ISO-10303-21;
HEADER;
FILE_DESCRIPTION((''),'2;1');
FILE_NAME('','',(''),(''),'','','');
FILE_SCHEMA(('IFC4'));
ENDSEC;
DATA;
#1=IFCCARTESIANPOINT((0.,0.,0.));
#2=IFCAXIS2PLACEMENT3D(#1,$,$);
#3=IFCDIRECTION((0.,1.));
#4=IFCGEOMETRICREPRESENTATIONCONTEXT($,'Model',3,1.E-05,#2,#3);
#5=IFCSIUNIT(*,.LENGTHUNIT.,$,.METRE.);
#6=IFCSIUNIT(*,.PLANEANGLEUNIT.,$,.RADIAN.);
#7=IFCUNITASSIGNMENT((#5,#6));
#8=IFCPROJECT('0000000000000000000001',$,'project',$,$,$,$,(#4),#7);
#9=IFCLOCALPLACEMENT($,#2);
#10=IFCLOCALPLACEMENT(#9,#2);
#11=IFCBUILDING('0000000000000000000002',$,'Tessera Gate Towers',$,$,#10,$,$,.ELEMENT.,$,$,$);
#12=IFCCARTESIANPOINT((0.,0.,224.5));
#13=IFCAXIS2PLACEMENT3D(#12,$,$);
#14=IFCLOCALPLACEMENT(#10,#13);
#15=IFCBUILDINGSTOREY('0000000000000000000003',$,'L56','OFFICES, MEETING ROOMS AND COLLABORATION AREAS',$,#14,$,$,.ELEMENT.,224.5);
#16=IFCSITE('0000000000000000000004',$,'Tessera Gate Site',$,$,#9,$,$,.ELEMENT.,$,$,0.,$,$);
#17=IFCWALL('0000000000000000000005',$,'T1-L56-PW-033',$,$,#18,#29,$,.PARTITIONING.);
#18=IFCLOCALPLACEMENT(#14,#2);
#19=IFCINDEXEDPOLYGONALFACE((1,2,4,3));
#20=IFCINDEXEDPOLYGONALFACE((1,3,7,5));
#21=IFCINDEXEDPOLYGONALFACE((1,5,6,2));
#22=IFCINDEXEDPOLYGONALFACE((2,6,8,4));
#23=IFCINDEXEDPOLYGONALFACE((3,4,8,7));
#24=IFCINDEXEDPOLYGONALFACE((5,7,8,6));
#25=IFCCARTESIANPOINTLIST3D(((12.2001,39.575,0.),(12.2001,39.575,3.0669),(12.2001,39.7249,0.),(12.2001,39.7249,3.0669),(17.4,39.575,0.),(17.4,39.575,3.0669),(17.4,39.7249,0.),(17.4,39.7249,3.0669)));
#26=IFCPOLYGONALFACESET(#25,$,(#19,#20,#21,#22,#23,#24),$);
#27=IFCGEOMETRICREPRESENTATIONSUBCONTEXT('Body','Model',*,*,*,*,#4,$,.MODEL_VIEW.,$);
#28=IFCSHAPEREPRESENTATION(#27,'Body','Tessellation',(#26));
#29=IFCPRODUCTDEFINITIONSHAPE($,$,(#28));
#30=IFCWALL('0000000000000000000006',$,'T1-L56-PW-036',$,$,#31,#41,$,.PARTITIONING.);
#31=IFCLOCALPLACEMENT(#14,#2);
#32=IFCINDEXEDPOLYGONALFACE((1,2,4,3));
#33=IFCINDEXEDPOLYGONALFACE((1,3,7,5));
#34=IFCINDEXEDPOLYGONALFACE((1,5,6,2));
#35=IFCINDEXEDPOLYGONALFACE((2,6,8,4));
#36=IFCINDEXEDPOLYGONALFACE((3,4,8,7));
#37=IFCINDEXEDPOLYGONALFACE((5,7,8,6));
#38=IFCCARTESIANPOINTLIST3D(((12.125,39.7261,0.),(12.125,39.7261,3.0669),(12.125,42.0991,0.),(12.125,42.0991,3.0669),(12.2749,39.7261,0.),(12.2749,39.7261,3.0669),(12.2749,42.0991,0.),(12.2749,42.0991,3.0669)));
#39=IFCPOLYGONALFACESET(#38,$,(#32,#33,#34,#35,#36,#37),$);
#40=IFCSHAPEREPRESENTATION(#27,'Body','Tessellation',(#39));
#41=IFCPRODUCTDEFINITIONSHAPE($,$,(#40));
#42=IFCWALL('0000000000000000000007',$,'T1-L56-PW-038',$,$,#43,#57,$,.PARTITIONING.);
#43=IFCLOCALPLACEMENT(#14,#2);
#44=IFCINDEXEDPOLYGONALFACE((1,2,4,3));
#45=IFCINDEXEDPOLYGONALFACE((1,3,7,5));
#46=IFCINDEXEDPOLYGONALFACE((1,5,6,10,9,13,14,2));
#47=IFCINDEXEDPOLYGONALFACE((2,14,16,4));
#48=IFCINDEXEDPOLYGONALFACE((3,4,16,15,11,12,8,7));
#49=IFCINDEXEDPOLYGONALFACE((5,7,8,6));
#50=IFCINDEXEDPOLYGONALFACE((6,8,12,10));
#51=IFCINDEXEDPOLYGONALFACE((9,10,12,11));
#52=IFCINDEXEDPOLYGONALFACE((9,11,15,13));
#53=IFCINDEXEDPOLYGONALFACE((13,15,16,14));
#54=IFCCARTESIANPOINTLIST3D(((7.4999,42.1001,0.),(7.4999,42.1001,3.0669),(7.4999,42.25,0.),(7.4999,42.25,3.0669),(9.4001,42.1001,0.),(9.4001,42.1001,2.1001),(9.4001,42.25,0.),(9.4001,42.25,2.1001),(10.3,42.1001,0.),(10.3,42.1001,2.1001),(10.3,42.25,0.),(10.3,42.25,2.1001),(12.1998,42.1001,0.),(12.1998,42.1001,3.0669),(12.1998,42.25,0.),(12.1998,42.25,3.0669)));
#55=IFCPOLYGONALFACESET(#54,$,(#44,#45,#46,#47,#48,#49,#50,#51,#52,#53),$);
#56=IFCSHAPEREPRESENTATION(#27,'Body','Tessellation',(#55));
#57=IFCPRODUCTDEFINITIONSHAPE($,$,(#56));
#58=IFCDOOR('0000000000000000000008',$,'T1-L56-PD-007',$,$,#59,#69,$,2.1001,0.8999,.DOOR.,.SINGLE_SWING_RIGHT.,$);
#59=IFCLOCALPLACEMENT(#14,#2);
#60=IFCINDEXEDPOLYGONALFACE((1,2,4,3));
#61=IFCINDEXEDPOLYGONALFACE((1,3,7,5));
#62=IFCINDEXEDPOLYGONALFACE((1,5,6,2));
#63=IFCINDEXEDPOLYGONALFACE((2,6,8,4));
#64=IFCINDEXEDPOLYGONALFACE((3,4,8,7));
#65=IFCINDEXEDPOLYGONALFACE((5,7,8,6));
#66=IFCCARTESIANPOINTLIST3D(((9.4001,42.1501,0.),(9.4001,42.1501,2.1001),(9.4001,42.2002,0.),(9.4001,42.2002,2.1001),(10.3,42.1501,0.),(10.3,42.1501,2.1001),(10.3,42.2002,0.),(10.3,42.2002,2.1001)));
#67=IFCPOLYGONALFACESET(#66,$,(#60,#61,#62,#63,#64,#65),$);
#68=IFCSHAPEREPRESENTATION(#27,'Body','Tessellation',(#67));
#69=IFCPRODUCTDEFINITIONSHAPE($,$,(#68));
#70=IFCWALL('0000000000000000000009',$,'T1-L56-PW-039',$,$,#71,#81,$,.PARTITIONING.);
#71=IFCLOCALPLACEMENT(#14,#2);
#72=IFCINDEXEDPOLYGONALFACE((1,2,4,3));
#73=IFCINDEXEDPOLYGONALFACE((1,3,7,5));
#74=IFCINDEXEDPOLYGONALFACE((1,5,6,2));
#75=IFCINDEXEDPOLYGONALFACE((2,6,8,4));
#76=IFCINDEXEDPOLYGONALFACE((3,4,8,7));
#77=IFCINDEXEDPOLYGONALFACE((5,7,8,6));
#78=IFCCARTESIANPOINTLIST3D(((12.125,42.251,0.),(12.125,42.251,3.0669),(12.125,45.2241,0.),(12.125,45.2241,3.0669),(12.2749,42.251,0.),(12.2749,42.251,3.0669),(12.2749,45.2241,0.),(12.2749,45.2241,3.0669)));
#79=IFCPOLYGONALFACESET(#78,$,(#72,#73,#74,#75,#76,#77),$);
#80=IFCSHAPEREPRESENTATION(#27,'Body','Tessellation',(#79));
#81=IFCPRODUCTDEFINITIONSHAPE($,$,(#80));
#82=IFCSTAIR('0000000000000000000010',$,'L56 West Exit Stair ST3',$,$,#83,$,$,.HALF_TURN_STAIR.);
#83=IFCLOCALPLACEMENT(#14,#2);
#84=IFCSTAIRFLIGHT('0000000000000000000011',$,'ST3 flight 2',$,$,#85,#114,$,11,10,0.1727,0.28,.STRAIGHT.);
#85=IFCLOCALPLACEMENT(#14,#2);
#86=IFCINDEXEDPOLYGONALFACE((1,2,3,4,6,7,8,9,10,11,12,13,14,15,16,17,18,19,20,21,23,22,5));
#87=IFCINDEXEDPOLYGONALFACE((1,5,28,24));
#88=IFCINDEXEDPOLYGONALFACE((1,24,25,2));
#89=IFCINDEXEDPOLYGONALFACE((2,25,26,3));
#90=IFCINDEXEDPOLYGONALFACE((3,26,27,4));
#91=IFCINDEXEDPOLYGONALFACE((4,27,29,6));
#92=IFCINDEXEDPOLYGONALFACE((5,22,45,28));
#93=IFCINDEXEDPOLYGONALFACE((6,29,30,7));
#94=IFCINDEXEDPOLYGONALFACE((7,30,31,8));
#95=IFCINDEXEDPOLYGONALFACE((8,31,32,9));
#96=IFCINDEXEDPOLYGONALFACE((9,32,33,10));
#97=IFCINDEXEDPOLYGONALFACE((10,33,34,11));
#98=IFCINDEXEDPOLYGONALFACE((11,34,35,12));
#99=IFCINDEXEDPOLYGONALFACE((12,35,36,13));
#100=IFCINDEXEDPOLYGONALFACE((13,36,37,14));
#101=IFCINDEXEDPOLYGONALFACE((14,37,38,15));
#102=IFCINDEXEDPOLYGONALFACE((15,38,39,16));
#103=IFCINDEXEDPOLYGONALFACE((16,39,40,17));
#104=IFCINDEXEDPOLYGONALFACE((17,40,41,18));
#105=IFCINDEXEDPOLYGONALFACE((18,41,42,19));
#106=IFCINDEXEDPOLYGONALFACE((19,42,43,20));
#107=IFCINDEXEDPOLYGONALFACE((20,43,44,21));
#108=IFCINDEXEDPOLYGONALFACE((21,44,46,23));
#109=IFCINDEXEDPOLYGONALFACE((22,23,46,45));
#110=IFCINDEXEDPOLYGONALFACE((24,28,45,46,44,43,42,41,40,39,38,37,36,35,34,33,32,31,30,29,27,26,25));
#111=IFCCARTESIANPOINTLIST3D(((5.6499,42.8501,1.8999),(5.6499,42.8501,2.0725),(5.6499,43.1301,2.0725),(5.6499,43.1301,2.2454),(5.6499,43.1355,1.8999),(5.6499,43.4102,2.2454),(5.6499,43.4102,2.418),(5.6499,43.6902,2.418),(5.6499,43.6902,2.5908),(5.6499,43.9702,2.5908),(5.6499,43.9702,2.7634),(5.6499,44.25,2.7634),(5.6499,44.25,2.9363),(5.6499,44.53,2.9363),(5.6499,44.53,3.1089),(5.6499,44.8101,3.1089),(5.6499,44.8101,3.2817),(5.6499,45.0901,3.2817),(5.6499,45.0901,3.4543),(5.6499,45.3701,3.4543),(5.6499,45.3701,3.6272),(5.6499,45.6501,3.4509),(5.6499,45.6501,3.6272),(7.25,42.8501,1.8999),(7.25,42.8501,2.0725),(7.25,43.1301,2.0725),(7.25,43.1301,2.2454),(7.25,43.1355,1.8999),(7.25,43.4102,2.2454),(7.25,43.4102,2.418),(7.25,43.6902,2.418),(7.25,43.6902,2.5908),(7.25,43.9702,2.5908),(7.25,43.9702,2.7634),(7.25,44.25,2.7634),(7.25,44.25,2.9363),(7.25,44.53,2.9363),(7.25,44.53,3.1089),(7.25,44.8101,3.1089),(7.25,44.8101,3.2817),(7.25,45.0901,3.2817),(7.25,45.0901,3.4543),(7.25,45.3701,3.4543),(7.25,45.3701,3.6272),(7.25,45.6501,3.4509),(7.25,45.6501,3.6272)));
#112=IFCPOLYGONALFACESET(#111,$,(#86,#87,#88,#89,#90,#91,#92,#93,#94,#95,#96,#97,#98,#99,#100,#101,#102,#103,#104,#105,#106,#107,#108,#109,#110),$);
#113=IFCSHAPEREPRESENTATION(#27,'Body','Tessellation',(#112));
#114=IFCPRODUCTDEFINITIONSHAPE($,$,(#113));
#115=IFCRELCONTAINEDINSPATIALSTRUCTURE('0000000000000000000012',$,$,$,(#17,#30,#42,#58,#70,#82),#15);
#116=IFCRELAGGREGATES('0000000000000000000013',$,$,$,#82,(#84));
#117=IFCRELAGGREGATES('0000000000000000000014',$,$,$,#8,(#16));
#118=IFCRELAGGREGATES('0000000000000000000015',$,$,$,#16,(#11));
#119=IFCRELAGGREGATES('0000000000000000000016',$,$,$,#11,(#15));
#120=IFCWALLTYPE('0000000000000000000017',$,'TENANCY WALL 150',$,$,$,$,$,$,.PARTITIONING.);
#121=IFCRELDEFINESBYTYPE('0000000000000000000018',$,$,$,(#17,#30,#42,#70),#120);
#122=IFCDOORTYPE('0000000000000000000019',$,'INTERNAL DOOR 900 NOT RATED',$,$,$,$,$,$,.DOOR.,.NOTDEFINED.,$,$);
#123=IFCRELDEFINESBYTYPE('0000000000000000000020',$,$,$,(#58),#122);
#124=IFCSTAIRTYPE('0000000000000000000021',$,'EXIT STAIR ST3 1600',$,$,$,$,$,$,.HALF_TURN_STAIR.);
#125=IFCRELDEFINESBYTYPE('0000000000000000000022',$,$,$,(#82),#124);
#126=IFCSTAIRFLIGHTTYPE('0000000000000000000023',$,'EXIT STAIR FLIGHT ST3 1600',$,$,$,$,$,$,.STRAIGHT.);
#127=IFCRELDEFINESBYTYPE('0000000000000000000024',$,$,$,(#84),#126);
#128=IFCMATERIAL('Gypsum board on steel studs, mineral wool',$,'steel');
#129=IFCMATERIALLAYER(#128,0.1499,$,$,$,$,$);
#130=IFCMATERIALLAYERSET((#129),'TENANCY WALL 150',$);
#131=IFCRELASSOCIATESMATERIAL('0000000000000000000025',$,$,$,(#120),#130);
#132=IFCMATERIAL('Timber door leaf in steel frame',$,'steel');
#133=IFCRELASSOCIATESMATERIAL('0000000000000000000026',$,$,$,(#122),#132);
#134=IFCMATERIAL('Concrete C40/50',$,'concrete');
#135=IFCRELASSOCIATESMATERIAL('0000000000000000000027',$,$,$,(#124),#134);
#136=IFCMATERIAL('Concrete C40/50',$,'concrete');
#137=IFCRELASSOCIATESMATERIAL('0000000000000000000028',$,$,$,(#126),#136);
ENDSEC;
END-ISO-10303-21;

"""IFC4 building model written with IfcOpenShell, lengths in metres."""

from ifc_helpers import new_model, si_unit, direction, frame, frame_2d, origin, place, context, subcontext, project, spatial, polyline, rectangle, outline, extrude, source, transform, mapped, material, layer, layer_set, type_object, element, fill, aggregate, save


model = new_model("IFC4")

# Units and contexts
model_context = context("Model", 3, precision=1e-05, world=origin(), true_north=direction((0.0, 1.0)))
body_context = subcontext(model_context, "Body", "Model", "MODEL_VIEW")
ifc_project = project(units=[si_unit("LENGTHUNIT", "METRE"), si_unit("PLANEANGLEUNIT", "RADIAN")], contexts=[model_context])

# Site, building, storey
site_placement = place(None, origin())
site = spatial("IfcSite", under=ifc_project, at=site_placement, Name="Tessera Gate Site", CompositionType="ELEMENT", RefElevation=0.0)
building_placement = place(site_placement, origin())
building = spatial("IfcBuilding", under=site, at=building_placement, Name="Tessera Gate Towers", CompositionType="ELEMENT")
storey_placement = place(building_placement, frame((0.0, 0.0, 224.5)))
storey = spatial("IfcBuildingStorey", under=building, at=storey_placement, Name="L56", Description="OFFICES, MEETING ROOMS AND COLLABORATION AREAS", CompositionType="ELEMENT", Elevation=224.5)

# Walls
ifc_material_1 = material(Name="Gypsum board on steel studs, mineral wool", Category="steel")
ifc_layer_1 = layer(ifc_material_1, 0.1499)
ifc_layer_set_1 = layer_set([ifc_layer_1], Name="TENANCY WALL 150")
wall_type_1 = type_object("IfcWallType", Name="TENANCY WALL 150", PredefinedType="PARTITIONING", material=ifc_layer_set_1)
wall_1_placement = place(storey_placement, frame((12.2, 39.6499, 0.0), z_axis=(0.0, 0.0, 1.0), x_axis=(1.0, 0.0, 0.0)))
element("IfcWall", 1, at=wall_1_placement, inside=storey, type_object=wall_type_1, Name="T1-L56-PW-033", PredefinedType="PARTITIONING", context=body_context, shape_type="SweptSolid", body=[
    extrude(rectangle(XDim=5.2, YDim=0.1499, at=frame_2d((2.6001, 0.0))), origin(), (0.0, 0.0, 1.0), 3.0669),
])
wall_2_placement = place(storey_placement, frame((12.2, 39.7261, 0.0), z_axis=(0.0, 0.0, 1.0), x_axis=(0.0, 1.0, 0.0)))
element("IfcWall", 2, at=wall_2_placement, inside=storey, type_object=wall_type_1, Name="T1-L56-PW-036", PredefinedType="PARTITIONING", context=body_context, shape_type="SweptSolid", body=[
    extrude(rectangle(XDim=2.373, YDim=0.1499, at=frame_2d((1.1865, 0.0))), origin(), (0.0, 0.0, 1.0), 3.0669),
])

# Wall, opening, door
wall_3_placement = place(storey_placement, frame((12.2, 42.175, 0.0), z_axis=(0.0, 0.0, 1.0), x_axis=(-1.0, 0.0, 0.0)))
wall_3 = element("IfcWall", 3, at=wall_3_placement, inside=storey, type_object=wall_type_1, Name="T1-L56-PW-038", PredefinedType="PARTITIONING", context=body_context, shape_type="SweptSolid", body=[
    extrude(rectangle(XDim=4.7, YDim=0.1499, at=frame_2d((2.3501, 0.0))), origin(), (0.0, 0.0, 1.0), 3.0669),
])
shared_shape_1 = source(origin(), body_context, "Body", "SweptSolid", [
    extrude(rectangle(XDim=0.8999, YDim=2.1001, at=frame_2d((0.45, 1.05))), frame((0.0, 0.085, 0.0), z_axis=(0.0, -1.0, 0.0), x_axis=(1.0, 0.0, 0.0)), (0.0, 0.0, 1.0), 0.1699),
])
opening_placement = place(wall_3_placement, frame((1.8999, 0.0, 0.0)))
opening = element("IfcOpeningElement", 4, at=opening_placement, cuts=wall_3, PredefinedType="OPENING", context=body_context, shape_type="MappedRepresentation", body=[
    mapped(shared_shape_1, transform((0.0, 0.0, 0.0), scale=1.0)),
])
ifc_material_2 = material(Name="Timber door leaf in steel frame", Category="steel")
door_type = type_object("IfcDoorType", Name="INTERNAL DOOR 900 NOT RATED", OperationType="NOTDEFINED", PredefinedType="DOOR", material=ifc_material_2)
shared_shape_2 = source(origin(), body_context, "Body", "SweptSolid", [
    extrude(rectangle(XDim=0.8999, YDim=2.1001, at=frame_2d((0.45, 1.05))), frame((0.0, 0.0249, 0.0), z_axis=(0.0, -1.0, 0.0), x_axis=(1.0, 0.0, 0.0)), (0.0, 0.0, 1.0), 0.05),
])
door_placement = place(opening_placement, origin())
door = element("IfcDoor", 5, at=door_placement, inside=storey, type_object=door_type, Name="T1-L56-PD-007", OperationType="SINGLE_SWING_RIGHT", OverallHeight=2.1001, OverallWidth=0.8999, PredefinedType="DOOR", context=body_context, shape_type="MappedRepresentation", body=[
    mapped(shared_shape_2, transform((0.0, 0.0, 0.0), scale=1.0)),
])
fill(opening, door)

# Wall
wall_4_placement = place(storey_placement, frame((12.2, 42.251, 0.0), z_axis=(0.0, 0.0, 1.0), x_axis=(0.0, 1.0, 0.0)))
element("IfcWall", 6, at=wall_4_placement, inside=storey, type_object=wall_type_1, Name="T1-L56-PW-039", PredefinedType="PARTITIONING", context=body_context, shape_type="SweptSolid", body=[
    extrude(rectangle(XDim=2.9731, YDim=0.1499, at=frame_2d((1.4866, 0.0))), origin(), (0.0, 0.0, 1.0), 3.0669),
])

# Stair, stair flight
ifc_material_3 = material(Name="Concrete C40/50", Category="concrete")
stair_type = type_object("IfcStairType", Name="EXIT STAIR ST3 1600", PredefinedType="HALF_TURN_STAIR", material=ifc_material_3)
stair_placement = place(storey_placement, origin())
stair = element("IfcStair", 7, at=stair_placement, inside=storey, type_object=stair_type, Name="L56 West Exit Stair ST3", PredefinedType="HALF_TURN_STAIR")
ifc_material_4 = material(Name="Concrete C40/50", Category="concrete")
stair_flight_type = type_object("IfcStairFlightType", Name="EXIT STAIR FLIGHT ST3 1600", PredefinedType="STRAIGHT", material=ifc_material_4)
stair_flight_placement = place(storey_placement, frame((6.45, 42.8501, 1.8999), z_axis=(0.0, 0.0, 1.0), x_axis=(0.0, 1.0, 0.0)))
stair_flight = element("IfcStairFlight", 8, at=stair_flight_placement, type_object=stair_flight_type, Name="ST3 flight 2", NumberOfRisers=11, NumberOfTreads=10, PredefinedType="STRAIGHT", RiserHeight=0.1727, TreadLength=0.28, context=body_context, shape_type="SweptSolid", body=[
    extrude(outline(polyline([(0.0, 0.0), (0.0, 0.1726), (0.28, 0.1726), (0.28, 0.3455), (0.5601, 0.3455), (0.5601, 0.5181), (0.8401, 0.5181), (0.8401, 0.6909), (1.1201, 0.6909), (1.1201, 0.8635), (1.3999, 0.8635), (1.3999, 1.0364), (1.6799, 1.0364), (1.6799, 1.209), (1.96, 1.209), (1.96, 1.3818), (2.24, 1.3818), (2.24, 1.5544), (2.52, 1.5544), (2.52, 1.7273), (2.8, 1.7273), (2.8, 1.8999), (2.8, 1.551), (0.2854, 0.0), (0.0, 0.0)])), frame((0.0, 0.8, 0.0), z_axis=(0.0, -1.0, 0.0), x_axis=(1.0, 0.0, 0.0)), (0.0, 0.0, 1.0), 1.6001),
])
aggregate(stair, [stair_flight])

save(model, "model.ifc")
